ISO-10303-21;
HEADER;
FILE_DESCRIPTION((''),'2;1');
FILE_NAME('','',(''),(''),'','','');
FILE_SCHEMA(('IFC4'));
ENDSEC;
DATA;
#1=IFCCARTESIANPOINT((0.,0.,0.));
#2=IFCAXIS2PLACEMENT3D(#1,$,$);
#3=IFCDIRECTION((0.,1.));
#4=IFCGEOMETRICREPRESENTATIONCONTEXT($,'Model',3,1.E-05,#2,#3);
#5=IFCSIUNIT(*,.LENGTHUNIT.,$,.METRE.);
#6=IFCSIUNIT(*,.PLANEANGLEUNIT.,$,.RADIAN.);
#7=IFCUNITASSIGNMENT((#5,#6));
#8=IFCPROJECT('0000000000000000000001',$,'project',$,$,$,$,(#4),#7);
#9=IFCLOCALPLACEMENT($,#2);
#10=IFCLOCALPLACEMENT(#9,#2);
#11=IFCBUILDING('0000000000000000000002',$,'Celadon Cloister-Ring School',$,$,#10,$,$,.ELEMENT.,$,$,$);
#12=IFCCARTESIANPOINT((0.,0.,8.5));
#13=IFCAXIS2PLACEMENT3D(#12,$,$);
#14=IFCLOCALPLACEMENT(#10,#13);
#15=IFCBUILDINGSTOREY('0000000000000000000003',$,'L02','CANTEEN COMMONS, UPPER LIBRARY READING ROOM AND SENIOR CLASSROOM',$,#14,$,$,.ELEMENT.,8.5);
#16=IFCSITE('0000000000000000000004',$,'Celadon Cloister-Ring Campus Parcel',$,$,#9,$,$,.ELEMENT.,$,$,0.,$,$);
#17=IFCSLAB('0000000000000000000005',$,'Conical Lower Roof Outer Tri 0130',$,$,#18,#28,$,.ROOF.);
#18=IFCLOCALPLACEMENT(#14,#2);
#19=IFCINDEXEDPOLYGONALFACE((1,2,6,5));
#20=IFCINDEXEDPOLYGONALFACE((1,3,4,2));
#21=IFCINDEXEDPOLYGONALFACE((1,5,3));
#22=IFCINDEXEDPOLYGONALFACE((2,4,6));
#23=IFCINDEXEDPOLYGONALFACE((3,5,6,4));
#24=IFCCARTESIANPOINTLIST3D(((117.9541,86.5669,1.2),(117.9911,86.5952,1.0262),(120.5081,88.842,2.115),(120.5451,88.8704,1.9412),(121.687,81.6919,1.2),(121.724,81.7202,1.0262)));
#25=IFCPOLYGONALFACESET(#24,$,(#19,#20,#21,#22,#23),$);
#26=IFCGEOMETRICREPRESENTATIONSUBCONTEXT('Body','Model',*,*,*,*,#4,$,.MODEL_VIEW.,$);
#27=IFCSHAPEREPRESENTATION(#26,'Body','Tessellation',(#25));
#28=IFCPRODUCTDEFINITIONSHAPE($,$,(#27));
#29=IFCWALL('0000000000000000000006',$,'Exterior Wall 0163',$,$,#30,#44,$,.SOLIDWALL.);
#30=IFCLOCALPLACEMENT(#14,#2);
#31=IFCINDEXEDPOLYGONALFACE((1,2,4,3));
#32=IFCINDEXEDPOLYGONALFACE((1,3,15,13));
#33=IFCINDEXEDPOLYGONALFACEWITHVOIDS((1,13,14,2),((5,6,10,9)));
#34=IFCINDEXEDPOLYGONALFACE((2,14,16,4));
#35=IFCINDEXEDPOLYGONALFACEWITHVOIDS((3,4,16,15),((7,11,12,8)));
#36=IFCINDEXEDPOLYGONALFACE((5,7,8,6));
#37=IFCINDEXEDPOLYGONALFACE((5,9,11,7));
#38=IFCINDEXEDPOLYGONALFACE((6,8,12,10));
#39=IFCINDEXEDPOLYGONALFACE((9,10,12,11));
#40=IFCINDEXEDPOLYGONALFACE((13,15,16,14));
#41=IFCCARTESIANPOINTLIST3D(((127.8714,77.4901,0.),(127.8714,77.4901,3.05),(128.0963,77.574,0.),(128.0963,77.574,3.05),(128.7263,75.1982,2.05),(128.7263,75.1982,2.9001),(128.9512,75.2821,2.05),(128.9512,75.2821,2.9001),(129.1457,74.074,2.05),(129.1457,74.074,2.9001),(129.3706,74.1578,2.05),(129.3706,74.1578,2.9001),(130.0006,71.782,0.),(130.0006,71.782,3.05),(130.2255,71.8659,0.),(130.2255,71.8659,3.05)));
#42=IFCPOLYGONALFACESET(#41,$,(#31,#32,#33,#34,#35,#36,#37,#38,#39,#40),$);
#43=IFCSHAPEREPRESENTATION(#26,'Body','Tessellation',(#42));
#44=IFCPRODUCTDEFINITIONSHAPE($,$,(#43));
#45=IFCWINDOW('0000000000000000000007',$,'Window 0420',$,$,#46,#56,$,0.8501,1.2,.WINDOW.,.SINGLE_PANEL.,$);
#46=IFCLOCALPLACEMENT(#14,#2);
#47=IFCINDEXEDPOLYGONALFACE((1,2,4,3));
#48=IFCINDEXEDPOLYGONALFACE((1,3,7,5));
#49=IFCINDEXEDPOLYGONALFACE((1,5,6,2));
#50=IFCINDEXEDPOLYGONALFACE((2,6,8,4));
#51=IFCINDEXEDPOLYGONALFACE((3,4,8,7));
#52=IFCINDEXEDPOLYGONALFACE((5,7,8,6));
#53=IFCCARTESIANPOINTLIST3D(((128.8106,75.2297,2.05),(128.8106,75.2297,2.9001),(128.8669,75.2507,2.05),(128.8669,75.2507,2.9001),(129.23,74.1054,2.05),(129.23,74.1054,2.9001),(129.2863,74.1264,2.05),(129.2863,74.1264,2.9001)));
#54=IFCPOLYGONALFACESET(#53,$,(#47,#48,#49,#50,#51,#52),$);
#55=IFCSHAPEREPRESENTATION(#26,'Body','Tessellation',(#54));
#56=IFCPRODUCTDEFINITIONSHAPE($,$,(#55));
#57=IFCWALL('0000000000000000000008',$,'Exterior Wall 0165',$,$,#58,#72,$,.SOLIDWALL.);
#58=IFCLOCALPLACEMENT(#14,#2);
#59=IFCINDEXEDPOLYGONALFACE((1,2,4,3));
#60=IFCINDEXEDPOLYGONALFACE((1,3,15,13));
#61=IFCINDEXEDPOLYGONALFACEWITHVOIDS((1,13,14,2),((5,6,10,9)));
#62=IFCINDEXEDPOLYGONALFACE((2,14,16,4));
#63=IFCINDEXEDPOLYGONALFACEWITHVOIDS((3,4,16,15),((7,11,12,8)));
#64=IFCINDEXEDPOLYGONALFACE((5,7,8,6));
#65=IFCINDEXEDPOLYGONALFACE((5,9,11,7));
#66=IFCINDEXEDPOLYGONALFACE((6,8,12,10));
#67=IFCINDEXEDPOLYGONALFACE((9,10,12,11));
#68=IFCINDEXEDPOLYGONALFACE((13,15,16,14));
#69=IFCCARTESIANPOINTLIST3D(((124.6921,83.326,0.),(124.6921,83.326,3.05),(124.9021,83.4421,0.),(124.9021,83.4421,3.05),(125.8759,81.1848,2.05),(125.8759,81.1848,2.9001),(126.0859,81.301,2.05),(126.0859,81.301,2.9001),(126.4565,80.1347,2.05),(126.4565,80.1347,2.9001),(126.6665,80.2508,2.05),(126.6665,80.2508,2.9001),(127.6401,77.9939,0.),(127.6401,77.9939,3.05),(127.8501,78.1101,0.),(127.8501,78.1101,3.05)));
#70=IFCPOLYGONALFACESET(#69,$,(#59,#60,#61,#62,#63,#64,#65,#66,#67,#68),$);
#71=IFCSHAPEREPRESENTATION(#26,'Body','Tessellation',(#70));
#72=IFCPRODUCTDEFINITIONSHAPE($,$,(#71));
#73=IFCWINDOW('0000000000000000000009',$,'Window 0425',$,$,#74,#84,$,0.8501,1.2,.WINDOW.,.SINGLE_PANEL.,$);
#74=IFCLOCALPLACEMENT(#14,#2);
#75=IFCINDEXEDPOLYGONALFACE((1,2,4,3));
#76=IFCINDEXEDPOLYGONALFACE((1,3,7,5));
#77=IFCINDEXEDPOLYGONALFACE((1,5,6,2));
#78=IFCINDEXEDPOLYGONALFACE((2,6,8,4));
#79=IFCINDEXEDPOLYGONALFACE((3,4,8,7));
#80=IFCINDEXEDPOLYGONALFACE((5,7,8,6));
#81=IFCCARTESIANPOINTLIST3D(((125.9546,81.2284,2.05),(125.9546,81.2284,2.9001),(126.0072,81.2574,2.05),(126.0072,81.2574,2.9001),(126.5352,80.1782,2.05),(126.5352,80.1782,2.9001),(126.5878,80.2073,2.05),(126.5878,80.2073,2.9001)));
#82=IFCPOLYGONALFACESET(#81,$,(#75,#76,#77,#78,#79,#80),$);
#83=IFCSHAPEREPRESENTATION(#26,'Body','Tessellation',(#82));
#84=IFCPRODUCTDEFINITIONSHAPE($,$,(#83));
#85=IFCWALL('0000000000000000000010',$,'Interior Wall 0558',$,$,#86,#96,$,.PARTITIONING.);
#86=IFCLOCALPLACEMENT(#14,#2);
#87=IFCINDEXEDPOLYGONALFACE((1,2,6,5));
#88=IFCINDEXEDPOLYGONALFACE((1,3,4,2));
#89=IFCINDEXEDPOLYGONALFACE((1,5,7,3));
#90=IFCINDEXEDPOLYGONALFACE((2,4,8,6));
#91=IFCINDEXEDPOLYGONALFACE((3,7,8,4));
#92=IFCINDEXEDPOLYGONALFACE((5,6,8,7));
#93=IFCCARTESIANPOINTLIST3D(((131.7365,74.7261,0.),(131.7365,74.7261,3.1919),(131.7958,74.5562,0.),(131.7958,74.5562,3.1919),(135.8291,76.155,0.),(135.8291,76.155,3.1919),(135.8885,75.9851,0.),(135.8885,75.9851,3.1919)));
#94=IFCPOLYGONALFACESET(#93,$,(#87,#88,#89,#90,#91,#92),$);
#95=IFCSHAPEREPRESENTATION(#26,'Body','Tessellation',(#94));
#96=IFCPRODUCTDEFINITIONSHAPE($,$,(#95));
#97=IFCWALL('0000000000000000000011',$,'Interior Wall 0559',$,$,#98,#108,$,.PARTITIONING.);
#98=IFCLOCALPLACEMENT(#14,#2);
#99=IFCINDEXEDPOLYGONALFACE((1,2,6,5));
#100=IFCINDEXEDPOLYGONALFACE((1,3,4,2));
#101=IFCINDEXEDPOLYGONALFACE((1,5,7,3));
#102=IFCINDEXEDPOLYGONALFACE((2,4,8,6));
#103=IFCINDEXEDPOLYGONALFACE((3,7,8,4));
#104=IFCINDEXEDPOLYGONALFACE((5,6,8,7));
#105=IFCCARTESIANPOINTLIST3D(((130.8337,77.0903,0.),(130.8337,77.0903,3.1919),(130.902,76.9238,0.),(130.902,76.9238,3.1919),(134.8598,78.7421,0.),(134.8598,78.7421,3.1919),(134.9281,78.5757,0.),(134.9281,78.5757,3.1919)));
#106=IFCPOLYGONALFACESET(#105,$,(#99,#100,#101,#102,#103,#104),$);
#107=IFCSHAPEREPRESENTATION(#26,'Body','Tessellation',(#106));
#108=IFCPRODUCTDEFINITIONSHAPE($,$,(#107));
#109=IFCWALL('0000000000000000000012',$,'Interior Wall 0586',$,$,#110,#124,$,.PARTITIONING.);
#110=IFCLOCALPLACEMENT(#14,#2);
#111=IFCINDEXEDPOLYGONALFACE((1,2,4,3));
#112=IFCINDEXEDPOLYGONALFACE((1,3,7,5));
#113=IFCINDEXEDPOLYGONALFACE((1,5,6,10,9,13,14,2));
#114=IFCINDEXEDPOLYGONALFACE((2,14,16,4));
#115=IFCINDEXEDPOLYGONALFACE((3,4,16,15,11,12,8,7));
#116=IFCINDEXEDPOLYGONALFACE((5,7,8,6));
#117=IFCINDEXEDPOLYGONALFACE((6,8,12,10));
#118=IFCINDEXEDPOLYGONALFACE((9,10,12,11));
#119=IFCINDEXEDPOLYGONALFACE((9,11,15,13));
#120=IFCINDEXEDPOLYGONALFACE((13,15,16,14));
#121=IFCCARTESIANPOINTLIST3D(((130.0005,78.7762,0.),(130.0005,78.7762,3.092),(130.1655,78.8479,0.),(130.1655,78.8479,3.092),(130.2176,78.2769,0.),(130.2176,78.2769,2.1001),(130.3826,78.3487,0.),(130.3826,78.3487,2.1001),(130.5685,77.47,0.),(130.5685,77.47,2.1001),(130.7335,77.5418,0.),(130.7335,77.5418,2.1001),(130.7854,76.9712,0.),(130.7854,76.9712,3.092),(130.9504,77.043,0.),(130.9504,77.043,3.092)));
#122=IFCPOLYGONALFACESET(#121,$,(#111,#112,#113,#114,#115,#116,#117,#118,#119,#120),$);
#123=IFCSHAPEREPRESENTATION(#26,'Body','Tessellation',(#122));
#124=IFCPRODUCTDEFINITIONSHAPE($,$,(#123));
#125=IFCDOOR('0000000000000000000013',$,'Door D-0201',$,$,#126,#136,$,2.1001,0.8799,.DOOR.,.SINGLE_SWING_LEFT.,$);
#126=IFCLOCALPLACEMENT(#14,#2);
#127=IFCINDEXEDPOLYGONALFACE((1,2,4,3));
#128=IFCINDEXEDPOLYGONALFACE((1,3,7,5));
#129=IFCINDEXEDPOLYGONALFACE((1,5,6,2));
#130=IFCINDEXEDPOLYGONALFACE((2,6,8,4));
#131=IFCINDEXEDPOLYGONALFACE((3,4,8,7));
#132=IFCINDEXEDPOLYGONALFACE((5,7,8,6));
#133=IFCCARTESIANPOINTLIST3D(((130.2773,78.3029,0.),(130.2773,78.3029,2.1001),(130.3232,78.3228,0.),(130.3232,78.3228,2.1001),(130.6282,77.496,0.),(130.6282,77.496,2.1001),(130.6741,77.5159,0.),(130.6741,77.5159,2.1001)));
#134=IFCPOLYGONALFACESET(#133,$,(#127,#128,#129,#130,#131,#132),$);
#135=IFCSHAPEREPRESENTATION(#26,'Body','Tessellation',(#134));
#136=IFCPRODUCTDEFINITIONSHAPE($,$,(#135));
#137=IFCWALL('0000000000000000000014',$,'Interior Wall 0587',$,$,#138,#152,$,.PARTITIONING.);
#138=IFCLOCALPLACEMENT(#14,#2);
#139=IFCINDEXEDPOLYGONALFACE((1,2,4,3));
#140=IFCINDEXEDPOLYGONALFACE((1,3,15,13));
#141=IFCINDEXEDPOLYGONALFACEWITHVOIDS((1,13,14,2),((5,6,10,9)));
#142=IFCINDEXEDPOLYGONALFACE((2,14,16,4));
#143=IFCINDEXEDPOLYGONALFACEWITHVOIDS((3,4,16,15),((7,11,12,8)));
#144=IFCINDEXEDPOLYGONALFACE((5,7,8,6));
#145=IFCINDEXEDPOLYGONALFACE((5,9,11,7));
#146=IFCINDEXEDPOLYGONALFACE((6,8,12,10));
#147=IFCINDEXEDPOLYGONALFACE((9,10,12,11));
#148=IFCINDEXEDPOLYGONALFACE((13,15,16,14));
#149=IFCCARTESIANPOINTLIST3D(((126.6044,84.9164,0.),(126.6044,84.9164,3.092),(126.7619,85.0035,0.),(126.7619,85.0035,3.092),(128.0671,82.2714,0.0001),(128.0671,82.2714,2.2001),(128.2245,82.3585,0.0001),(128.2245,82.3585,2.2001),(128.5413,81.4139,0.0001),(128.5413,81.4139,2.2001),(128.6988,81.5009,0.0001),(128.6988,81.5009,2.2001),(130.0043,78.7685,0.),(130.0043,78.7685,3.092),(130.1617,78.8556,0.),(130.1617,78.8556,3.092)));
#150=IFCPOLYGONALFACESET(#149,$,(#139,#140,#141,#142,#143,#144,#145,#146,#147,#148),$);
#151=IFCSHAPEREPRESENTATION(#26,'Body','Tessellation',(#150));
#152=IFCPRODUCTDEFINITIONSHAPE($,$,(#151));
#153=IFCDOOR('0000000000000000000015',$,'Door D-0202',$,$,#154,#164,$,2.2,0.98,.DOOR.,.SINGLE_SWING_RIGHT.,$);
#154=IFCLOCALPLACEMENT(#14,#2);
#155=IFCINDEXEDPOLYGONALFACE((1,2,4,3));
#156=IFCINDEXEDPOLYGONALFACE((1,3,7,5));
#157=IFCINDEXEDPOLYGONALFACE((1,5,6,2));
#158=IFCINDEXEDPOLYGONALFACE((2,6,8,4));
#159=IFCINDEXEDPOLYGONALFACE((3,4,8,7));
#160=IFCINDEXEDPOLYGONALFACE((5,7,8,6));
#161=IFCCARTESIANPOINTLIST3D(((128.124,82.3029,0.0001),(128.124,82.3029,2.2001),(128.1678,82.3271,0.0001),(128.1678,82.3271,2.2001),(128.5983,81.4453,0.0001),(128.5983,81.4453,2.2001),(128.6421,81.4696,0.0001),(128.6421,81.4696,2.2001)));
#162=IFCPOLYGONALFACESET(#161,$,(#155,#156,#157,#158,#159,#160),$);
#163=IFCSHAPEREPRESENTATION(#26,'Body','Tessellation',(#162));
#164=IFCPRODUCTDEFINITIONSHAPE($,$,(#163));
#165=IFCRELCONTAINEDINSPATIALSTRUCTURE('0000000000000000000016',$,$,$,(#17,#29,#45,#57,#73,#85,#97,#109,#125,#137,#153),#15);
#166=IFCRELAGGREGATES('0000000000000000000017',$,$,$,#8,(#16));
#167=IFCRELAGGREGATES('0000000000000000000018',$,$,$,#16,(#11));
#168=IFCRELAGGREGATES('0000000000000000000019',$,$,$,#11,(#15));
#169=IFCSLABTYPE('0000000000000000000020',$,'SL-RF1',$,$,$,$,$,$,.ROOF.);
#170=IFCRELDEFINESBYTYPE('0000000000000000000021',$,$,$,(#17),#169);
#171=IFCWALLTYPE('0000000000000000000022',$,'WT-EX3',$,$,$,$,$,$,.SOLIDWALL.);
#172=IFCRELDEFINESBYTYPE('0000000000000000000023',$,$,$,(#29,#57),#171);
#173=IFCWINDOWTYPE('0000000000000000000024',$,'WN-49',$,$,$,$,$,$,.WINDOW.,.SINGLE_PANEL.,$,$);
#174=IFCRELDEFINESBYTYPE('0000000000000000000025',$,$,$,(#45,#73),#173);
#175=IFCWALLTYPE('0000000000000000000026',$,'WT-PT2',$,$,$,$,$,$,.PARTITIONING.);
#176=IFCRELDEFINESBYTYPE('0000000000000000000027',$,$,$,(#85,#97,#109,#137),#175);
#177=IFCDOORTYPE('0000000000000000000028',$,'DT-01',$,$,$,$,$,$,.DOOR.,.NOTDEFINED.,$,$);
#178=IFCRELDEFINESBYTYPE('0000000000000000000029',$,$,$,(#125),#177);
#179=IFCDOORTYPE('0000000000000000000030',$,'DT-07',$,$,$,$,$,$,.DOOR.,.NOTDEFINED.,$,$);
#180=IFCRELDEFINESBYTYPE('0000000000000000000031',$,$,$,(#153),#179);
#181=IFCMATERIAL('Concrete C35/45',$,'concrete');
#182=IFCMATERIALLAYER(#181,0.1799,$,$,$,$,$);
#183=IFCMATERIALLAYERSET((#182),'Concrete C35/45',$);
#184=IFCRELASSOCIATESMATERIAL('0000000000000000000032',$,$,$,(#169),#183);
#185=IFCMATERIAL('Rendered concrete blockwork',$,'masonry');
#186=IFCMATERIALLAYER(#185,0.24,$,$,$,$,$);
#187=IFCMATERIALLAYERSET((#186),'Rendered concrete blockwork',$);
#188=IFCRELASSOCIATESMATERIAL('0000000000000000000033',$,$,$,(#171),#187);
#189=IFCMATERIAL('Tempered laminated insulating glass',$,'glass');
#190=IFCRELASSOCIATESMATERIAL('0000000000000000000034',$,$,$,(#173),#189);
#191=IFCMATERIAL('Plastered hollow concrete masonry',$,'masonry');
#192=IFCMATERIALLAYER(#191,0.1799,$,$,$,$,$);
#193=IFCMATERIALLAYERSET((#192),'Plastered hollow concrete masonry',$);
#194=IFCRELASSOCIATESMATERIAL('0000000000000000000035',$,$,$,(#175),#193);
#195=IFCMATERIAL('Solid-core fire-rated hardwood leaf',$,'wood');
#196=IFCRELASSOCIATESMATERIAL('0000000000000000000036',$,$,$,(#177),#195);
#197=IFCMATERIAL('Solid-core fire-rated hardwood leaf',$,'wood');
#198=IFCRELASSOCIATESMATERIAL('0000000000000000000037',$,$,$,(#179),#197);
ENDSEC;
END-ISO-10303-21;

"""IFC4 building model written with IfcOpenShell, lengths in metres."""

from ifc_helpers import new_model, si_unit, direction, frame, frame_2d, origin, place, context, subcontext, project, spatial, polyline, rectangle, outline, extrude, material, layer, layer_set, type_object, element, fill, save


model = new_model("IFC4")

# Units and contexts
model_context = context("Model", 3, precision=1e-05, world=origin(), true_north=direction((0.0, 1.0)))
body_context = subcontext(model_context, "Body", "Model", "MODEL_VIEW")
ifc_project = project(units=[si_unit("LENGTHUNIT", "METRE"), si_unit("PLANEANGLEUNIT", "RADIAN")], contexts=[model_context])

# Site, building, storey
site_placement = place(None, origin())
site = spatial("IfcSite", under=ifc_project, at=site_placement, Name="Celadon Cloister-Ring Campus Parcel", CompositionType="ELEMENT", RefElevation=0.0)
building_placement = place(site_placement, origin())
building = spatial("IfcBuilding", under=site, at=building_placement, Name="Celadon Cloister-Ring School", CompositionType="ELEMENT")
storey_placement = place(building_placement, frame((0.0, 0.0, 8.5)))
storey = spatial("IfcBuildingStorey", under=building, at=storey_placement, Name="L02", Description="CANTEEN COMMONS, UPPER LIBRARY READING ROOM AND SENIOR CLASSROOM", CompositionType="ELEMENT", Elevation=8.5)

# Slab
ifc_material_1 = material(Name="Concrete C35/45", Category="concrete")
ifc_layer_1 = layer(ifc_material_1, 0.1799)
ifc_layer_set_1 = layer_set([ifc_layer_1], Name="Concrete C35/45")
slab_type = type_object("IfcSlabType", Name="SL-RF1", PredefinedType="ROOF", material=ifc_layer_set_1)
slab_1_placement = place(storey_placement, frame((121.687, 81.6919, 1.2), z_axis=(-0.20572, -0.157525, 0.96585), x_axis=(-0.161407, 0.978904, 0.125275)))
element("IfcSlab", 1, at=slab_1_placement, inside=storey, type_object=slab_type, Name="Conical Lower Roof Outer Tri 0130", PredefinedType="ROOF", context=body_context, shape_type="SweptSolid", body=[
    extrude(outline(polyline([(0.0, 0.0), (7.3042, 0.0), (5.3747, 2.9687), (0.0, 0.0)])), origin(), (0.0, 0.0, -1.0), 0.1799),
])

# Walls, openings, windows
ifc_material_2 = material(Name="Rendered concrete blockwork", Category="masonry")
ifc_layer_2 = layer(ifc_material_2, 0.24)
ifc_layer_set_2 = layer_set([ifc_layer_2], Name="Rendered concrete blockwork")
wall_type_1 = type_object("IfcWallType", Name="WT-EX3", PredefinedType="SOLIDWALL", material=ifc_layer_set_2)
wall_1_placement = place(storey_placement, frame((130.113, 71.824, 0.0), z_axis=(0.0, 0.0, 1.0), x_axis=(-0.349489, 0.93694, 0.0)))
wall_1 = element("IfcWall", 2, at=wall_1_placement, inside=storey, type_object=wall_type_1, Name="Exterior Wall 0163", PredefinedType="SOLIDWALL", context=body_context, shape_type="SweptSolid", body=[
    extrude(rectangle(XDim=6.0923, YDim=0.24, at=frame_2d((3.0461, 0.0))), origin(), (0.0, 0.0, 1.0), 3.05),
])
opening_1_placement = place(wall_1_placement, frame((2.446, 0.0, 2.05)))
opening_1 = element("IfcOpeningElement", 3, at=opening_1_placement, cuts=wall_1, PredefinedType="OPENING", context=body_context, shape_type="SweptSolid", body=[
    extrude(rectangle(XDim=1.2, YDim=0.8501, at=frame_2d((0.6001, 0.425))), frame((0.0, 0.1299, 0.0), z_axis=(0.0, -1.0, 0.0), x_axis=(1.0, 0.0, 0.0)), (0.0, 0.0, 1.0), 0.26),
])
ifc_material_3 = material(Name="Tempered laminated insulating glass", Category="glass")
window_type = type_object("IfcWindowType", Name="WN-49", PartitioningType="SINGLE_PANEL", PredefinedType="WINDOW", material=ifc_material_3)
window_1_placement = place(opening_1_placement, origin())
window_1 = element("IfcWindow", 4, at=window_1_placement, inside=storey, type_object=window_type, Name="Window 0420", OverallHeight=0.8501, OverallWidth=1.2, PartitioningType="SINGLE_PANEL", PredefinedType="WINDOW", context=body_context, shape_type="SweptSolid", body=[
    extrude(rectangle(XDim=1.2, YDim=0.8501, at=frame_2d((0.6001, 0.425))), frame((0.0, 0.03, 0.0), z_axis=(0.0, -1.0, 0.0), x_axis=(1.0, 0.0, 0.0)), (0.0, 0.0, 1.0), 0.0601),
])
fill(opening_1, window_1)
wall_2_placement = place(storey_placement, frame((127.7451, 78.052, 0.0), z_axis=(0.0, 0.0, 1.0), x_axis=(-0.483856, 0.875148, 0.0)))
wall_2 = element("IfcWall", 5, at=wall_2_placement, inside=storey, type_object=wall_type_1, Name="Exterior Wall 0165", PredefinedType="SOLIDWALL", context=body_context, shape_type="SweptSolid", body=[
    extrude(rectangle(XDim=6.0928, YDim=0.24, at=frame_2d((3.0464, 0.0))), origin(), (0.0, 0.0, 1.0), 3.05),
])
opening_2_placement = place(wall_2_placement, frame((2.446, 0.0, 2.05)))
opening_2 = element("IfcOpeningElement", 6, at=opening_2_placement, cuts=wall_2, PredefinedType="OPENING", context=body_context, shape_type="SweptSolid", body=[
    extrude(rectangle(XDim=1.2, YDim=0.8501, at=frame_2d((0.6001, 0.425))), frame((0.0, 0.1299, 0.0), z_axis=(0.0, -1.0, 0.0), x_axis=(1.0, 0.0, 0.0)), (0.0, 0.0, 1.0), 0.26),
])
window_2_placement = place(opening_2_placement, origin())
window_2 = element("IfcWindow", 7, at=window_2_placement, inside=storey, type_object=window_type, Name="Window 0425", OverallHeight=0.8501, OverallWidth=1.2, PartitioningType="SINGLE_PANEL", PredefinedType="WINDOW", context=body_context, shape_type="SweptSolid", body=[
    extrude(rectangle(XDim=1.2, YDim=0.8501, at=frame_2d((0.6001, 0.425))), frame((0.0, 0.03, 0.0), z_axis=(0.0, -1.0, 0.0), x_axis=(1.0, 0.0, 0.0)), (0.0, 0.0, 1.0), 0.0601),
])
fill(opening_2, window_2)

# Walls
ifc_material_4 = material(Name="Plastered hollow concrete masonry", Category="masonry")
ifc_layer_3 = layer(ifc_material_4, 0.1799)
ifc_layer_set_3 = layer_set([ifc_layer_3], Name="Plastered hollow concrete masonry")
wall_type_2 = type_object("IfcWallType", Name="WT-PT2", PredefinedType="PARTITIONING", material=ifc_layer_set_3)
wall_3_placement = place(storey_placement, frame((131.7661, 74.6411, 0.0), z_axis=(0.0, 0.0, 1.0), x_axis=(0.944111, 0.329628, 0.0)))
element("IfcWall", 8, at=wall_3_placement, inside=storey, type_object=wall_type_2, Name="Interior Wall 0558", PredefinedType="PARTITIONING", context=body_context, shape_type="SweptSolid", body=[
    extrude(rectangle(XDim=4.335, YDim=0.1799, at=frame_2d((2.1675, 0.0))), origin(), (0.0, 0.0, 1.0), 3.1919),
])
wall_4_placement = place(storey_placement, frame((130.8679, 77.0071, 0.0), z_axis=(0.0, 0.0, 1.0), x_axis=(0.92516, 0.379579, 0.0)))
element("IfcWall", 9, at=wall_4_placement, inside=storey, type_object=wall_type_2, Name="Interior Wall 0559", PredefinedType="PARTITIONING", context=body_context, shape_type="SweptSolid", body=[
    extrude(rectangle(XDim=4.3518, YDim=0.1799, at=frame_2d((2.1758, 0.0))), origin(), (0.0, 0.0, 1.0), 3.1919),
])

# Walls, openings, doors
wall_5_placement = place(storey_placement, frame((130.8679, 77.0071, 0.0), z_axis=(0.0, 0.0, 1.0), x_axis=(-0.398794, 0.91704, 0.0)))
wall_5 = element("IfcWall", 10, at=wall_5_placement, inside=storey, type_object=wall_type_2, Name="Interior Wall 0586", PredefinedType="PARTITIONING", context=body_context, shape_type="SweptSolid", body=[
    extrude(rectangle(XDim=1.9683, YDim=0.1799, at=frame_2d((0.9841, 0.0))), origin(), (0.0, 0.0, 1.0), 3.092),
])
opening_3_placement = place(wall_5_placement, frame((0.5439, 0.0, 0.0)))
opening_3 = element("IfcOpeningElement", 11, at=opening_3_placement, cuts=wall_5, PredefinedType="OPENING", context=body_context, shape_type="SweptSolid", body=[
    extrude(rectangle(XDim=0.8799, YDim=2.1001, at=frame_2d((0.4399, 1.05))), frame((0.0, 0.1001, 0.0), z_axis=(0.0, -1.0, 0.0), x_axis=(1.0, 0.0, 0.0)), (0.0, 0.0, 1.0), 0.2),
])
ifc_material_5 = material(Name="Solid-core fire-rated hardwood leaf", Category="wood")
door_type_1 = type_object("IfcDoorType", Name="DT-01", OperationType="NOTDEFINED", PredefinedType="DOOR", material=ifc_material_5)
door_1_placement = place(opening_3_placement, origin())
door_1 = element("IfcDoor", 12, at=door_1_placement, inside=storey, type_object=door_type_1, Name="Door D-0201", OperationType="SINGLE_SWING_LEFT", OverallHeight=2.1001, OverallWidth=0.8799, PredefinedType="DOOR", context=body_context, shape_type="SweptSolid", body=[
    extrude(rectangle(XDim=0.8799, YDim=2.1001, at=frame_2d((0.4399, 1.05))), frame((0.0, 0.0249, 0.0), z_axis=(0.0, -1.0, 0.0), x_axis=(1.0, 0.0, 0.0)), (0.0, 0.0, 1.0), 0.05),
])
fill(opening_3, door_1)
wall_6_placement = place(storey_placement, frame((130.083, 78.812, 0.0), z_axis=(0.0, 0.0, 1.0), x_axis=(-0.483942, 0.8751, 0.0)))
wall_6 = element("IfcWall", 13, at=wall_6_placement, inside=storey, type_object=wall_type_2, Name="Interior Wall 0587", PredefinedType="PARTITIONING", context=body_context, shape_type="SweptSolid", body=[
    extrude(rectangle(XDim=7.0254, YDim=0.1799, at=frame_2d((3.5127, 0.0))), origin(), (0.0, 0.0, 1.0), 3.092),
])
opening_4_placement = place(wall_6_placement, frame((3.0229, 0.0, 0.0)))
opening_4 = element("IfcOpeningElement", 14, at=opening_4_placement, cuts=wall_6, PredefinedType="OPENING", context=body_context, shape_type="SweptSolid", body=[
    extrude(rectangle(XDim=0.98, YDim=2.2, at=frame_2d((0.49, 1.1001))), frame((0.0, 0.1001, 0.0), z_axis=(0.0, -1.0, 0.0), x_axis=(1.0, 0.0, 0.0)), (0.0, 0.0, 1.0), 0.2),
])
ifc_material_6 = material(Name="Solid-core fire-rated hardwood leaf", Category="wood")
door_type_2 = type_object("IfcDoorType", Name="DT-07", OperationType="NOTDEFINED", PredefinedType="DOOR", material=ifc_material_6)
door_2_placement = place(opening_4_placement, origin())
door_2 = element("IfcDoor", 15, at=door_2_placement, inside=storey, type_object=door_type_2, Name="Door D-0202", OperationType="SINGLE_SWING_RIGHT", OverallHeight=2.2, OverallWidth=0.98, PredefinedType="DOOR", context=body_context, shape_type="SweptSolid", body=[
    extrude(rectangle(XDim=0.98, YDim=2.2, at=frame_2d((0.49, 1.1001))), frame((0.0, 0.0249, 0.0), z_axis=(0.0, -1.0, 0.0), x_axis=(1.0, 0.0, 0.0)), (0.0, 0.0, 1.0), 0.05),
])
fill(opening_4, door_2)

save(model, "model.ifc")
